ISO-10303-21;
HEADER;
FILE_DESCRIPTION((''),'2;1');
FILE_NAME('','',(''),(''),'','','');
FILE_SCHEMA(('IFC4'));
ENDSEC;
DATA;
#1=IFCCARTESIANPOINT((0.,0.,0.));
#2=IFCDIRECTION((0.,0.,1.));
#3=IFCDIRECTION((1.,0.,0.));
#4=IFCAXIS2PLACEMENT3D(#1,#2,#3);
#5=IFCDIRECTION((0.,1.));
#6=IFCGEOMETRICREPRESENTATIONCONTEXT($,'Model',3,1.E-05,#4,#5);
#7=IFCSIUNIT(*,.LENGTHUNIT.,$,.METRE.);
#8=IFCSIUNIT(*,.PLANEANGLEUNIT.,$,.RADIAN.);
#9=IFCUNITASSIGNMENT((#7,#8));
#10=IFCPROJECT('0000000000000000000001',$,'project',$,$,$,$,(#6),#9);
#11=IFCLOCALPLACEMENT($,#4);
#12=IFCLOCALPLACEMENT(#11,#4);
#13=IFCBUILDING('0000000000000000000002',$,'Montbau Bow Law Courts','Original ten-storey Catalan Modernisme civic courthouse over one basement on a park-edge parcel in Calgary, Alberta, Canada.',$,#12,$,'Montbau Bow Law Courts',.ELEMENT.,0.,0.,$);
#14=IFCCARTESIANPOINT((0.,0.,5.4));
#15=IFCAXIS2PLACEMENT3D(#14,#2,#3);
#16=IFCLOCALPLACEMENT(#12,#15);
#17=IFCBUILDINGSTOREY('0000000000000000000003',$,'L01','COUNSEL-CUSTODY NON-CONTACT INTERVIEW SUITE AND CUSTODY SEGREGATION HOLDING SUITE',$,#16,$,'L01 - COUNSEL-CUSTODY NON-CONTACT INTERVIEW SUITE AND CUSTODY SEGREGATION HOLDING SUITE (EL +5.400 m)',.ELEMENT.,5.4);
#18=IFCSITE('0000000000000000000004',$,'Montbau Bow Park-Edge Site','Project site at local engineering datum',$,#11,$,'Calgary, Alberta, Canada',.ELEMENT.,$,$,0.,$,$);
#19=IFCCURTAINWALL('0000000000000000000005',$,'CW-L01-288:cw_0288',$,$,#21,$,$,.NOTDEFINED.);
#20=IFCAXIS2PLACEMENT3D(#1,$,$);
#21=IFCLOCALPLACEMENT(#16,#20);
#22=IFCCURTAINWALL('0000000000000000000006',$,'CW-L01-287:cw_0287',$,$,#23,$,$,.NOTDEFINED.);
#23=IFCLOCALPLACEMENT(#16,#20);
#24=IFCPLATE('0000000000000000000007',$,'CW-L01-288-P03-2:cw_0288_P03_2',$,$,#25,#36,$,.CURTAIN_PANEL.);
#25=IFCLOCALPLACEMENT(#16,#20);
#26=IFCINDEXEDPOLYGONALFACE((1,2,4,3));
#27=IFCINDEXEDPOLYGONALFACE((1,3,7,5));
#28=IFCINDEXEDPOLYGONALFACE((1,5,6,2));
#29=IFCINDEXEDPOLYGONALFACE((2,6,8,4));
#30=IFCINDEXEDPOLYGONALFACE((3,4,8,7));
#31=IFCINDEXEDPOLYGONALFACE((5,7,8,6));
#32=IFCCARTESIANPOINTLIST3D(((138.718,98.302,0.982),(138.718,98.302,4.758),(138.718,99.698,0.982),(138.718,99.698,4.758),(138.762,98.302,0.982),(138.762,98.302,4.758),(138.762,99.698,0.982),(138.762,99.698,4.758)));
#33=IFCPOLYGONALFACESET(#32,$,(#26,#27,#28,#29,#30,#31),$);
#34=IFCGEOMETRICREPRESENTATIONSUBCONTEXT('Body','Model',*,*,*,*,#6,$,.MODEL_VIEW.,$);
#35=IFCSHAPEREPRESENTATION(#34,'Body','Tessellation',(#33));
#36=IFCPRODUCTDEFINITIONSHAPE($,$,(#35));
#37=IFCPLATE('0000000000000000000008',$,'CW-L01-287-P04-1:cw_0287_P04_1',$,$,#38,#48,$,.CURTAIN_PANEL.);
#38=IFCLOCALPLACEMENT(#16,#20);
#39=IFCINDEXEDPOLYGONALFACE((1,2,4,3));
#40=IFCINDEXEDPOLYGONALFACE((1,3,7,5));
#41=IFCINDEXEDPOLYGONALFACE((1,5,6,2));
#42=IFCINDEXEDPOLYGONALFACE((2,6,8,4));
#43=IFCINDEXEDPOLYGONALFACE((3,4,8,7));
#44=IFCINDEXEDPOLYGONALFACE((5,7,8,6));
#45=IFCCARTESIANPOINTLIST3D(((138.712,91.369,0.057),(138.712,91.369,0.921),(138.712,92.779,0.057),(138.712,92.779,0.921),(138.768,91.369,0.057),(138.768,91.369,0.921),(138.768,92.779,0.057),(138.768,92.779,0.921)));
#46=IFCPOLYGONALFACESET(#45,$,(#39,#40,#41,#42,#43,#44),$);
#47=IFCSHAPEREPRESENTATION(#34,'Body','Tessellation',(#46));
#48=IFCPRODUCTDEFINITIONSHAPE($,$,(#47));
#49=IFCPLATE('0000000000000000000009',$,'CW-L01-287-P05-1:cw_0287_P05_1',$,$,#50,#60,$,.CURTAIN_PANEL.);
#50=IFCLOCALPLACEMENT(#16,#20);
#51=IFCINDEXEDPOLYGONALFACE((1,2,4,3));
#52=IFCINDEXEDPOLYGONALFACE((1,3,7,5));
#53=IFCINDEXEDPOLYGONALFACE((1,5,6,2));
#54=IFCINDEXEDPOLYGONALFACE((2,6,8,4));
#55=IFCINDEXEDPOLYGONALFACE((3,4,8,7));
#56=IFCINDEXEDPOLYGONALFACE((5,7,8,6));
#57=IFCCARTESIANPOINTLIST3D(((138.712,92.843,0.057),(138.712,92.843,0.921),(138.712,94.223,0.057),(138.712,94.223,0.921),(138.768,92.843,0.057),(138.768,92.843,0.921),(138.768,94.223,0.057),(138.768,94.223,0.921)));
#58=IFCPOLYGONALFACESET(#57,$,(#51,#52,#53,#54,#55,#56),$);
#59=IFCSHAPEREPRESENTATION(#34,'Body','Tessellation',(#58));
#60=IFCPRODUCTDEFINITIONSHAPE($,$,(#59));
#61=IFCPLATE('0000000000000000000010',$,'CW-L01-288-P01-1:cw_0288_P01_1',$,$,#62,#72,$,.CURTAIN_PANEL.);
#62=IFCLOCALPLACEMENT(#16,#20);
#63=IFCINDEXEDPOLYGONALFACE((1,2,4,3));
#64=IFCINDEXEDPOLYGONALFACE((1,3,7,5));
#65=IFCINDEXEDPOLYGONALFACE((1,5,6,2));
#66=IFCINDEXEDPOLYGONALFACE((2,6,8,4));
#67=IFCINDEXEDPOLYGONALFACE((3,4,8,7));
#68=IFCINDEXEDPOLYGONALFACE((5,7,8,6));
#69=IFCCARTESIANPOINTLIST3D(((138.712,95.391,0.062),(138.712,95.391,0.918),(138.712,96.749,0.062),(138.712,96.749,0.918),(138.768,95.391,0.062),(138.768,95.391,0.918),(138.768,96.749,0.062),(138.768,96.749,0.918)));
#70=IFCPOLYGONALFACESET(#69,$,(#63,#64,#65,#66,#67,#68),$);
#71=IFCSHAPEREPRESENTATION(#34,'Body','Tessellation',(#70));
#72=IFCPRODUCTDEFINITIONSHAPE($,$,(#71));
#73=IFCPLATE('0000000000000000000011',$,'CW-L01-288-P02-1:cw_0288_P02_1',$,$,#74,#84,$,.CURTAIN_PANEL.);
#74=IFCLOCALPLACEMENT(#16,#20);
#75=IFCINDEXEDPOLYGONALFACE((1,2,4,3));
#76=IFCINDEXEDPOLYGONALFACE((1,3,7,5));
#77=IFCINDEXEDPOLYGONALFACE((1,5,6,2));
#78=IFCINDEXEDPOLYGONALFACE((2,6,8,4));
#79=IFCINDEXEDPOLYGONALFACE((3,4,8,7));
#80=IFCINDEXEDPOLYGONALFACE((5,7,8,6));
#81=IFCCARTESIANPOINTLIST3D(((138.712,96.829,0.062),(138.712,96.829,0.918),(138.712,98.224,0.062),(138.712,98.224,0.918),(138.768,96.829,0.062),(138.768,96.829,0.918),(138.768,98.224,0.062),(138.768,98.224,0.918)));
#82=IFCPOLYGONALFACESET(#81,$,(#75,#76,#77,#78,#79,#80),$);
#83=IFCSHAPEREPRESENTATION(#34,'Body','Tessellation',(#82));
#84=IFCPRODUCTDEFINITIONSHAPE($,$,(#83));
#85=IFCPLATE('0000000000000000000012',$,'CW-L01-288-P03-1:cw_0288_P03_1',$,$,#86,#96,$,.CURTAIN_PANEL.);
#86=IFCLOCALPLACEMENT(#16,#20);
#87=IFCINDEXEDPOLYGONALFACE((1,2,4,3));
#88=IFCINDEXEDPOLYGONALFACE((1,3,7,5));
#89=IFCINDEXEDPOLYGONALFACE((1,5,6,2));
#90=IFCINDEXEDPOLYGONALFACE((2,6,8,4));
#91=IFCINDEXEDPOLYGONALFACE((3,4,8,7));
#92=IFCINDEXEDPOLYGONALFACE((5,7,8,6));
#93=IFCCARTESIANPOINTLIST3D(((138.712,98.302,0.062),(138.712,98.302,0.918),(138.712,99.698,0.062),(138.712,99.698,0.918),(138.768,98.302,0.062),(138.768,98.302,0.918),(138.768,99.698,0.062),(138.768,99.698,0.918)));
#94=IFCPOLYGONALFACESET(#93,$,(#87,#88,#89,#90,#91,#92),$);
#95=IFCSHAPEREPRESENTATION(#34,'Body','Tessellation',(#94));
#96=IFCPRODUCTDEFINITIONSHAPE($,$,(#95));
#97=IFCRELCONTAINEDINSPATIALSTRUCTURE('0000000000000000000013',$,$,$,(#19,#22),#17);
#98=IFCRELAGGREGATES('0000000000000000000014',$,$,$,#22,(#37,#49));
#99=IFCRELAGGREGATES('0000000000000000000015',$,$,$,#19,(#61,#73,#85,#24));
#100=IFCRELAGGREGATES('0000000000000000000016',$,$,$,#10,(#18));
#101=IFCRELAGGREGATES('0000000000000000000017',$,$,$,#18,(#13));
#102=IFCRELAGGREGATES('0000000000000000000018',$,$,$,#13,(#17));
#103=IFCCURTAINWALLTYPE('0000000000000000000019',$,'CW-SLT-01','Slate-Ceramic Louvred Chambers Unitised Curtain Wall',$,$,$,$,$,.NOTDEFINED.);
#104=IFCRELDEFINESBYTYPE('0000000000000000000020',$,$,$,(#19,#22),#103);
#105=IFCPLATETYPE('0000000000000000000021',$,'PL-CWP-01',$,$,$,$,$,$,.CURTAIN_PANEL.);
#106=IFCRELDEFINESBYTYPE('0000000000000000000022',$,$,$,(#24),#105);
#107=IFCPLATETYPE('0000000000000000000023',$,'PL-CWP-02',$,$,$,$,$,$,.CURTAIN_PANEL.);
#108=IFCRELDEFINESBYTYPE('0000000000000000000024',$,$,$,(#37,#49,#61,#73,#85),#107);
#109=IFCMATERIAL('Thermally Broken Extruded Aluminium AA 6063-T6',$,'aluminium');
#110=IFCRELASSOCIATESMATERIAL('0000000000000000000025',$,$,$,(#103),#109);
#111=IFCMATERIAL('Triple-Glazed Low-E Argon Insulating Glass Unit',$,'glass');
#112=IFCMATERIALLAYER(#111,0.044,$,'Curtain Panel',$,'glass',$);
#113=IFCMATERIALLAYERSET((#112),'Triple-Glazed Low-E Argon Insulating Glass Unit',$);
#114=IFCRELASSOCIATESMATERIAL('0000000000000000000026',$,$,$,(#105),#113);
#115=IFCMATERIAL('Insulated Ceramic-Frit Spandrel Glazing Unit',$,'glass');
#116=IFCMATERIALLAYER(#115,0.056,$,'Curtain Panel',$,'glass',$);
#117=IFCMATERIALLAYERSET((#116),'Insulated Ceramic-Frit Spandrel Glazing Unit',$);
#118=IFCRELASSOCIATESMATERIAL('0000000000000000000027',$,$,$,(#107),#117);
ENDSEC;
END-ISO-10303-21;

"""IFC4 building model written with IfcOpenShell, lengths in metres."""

from ifc_helpers import new_model, si_unit, direction, frame, frame_2d, origin_with_axes, place, context, subcontext, project, spatial, rectangle, extrude, material, layer, layer_set, type_object, element, aggregate, save


model = new_model("IFC4")

# Units and contexts
model_context = context("Model", 3, precision=1e-05, world=origin_with_axes(), true_north=direction((0.0, 1.0)))
body_context = subcontext(model_context, "Body", "Model", "MODEL_VIEW")
ifc_project = project(units=[si_unit("LENGTHUNIT", "METRE"), si_unit("PLANEANGLEUNIT", "RADIAN")], contexts=[model_context])

# Site, building, storey
site_placement = place(None, origin_with_axes())
site = spatial("IfcSite", under=ifc_project, at=site_placement, Name="Montbau Bow Park-Edge Site", Description="Project site at local engineering datum", LongName="Calgary, Alberta, Canada", CompositionType="ELEMENT", RefElevation=0.0)
building_placement = place(site_placement, origin_with_axes())
building = spatial("IfcBuilding", under=site, at=building_placement, Name="Montbau Bow Law Courts", Description="Original ten-storey Catalan Modernisme civic courthouse over one basement on a park-edge parcel in Calgary, Alberta, Canada.", LongName="Montbau Bow Law Courts", CompositionType="ELEMENT", ElevationOfRefHeight=0.0, ElevationOfTerrain=0.0)
storey_placement = place(building_placement, frame((0.0, 0.0, 5.4), z_axis=(0.0, 0.0, 1.0), x_axis=(1.0, 0.0, 0.0)))
storey = spatial("IfcBuildingStorey", under=building, at=storey_placement, Name="L01", Description="COUNSEL-CUSTODY NON-CONTACT INTERVIEW SUITE AND CUSTODY SEGREGATION HOLDING SUITE", LongName="L01 - COUNSEL-CUSTODY NON-CONTACT INTERVIEW SUITE AND CUSTODY SEGREGATION HOLDING SUITE (EL +5.400 m)", CompositionType="ELEMENT", Elevation=5.4)

# Curtain walls
ifc_material_1 = material(Name="Thermally Broken Extruded Aluminium AA 6063-T6", Category="aluminium")
curtain_wall_type = type_object("IfcCurtainWallType", Name="CW-SLT-01", Description="Slate-Ceramic Louvred Chambers Unitised Curtain Wall", PredefinedType="NOTDEFINED", material=ifc_material_1)
curtain_wall_1_placement = place(None, frame((138.74, 95.315, 5.4), z_axis=(0.0, 0.0, 1.0), x_axis=(1.0, 0.0, 0.0)))
curtain_wall_1 = element("IfcCurtainWall", 1, at=curtain_wall_1_placement, inside=storey, type_object=curtain_wall_type, Name="CW-L01-288:cw_0288", PredefinedType="NOTDEFINED")
curtain_wall_2_placement = place(None, frame((138.74, 86.915, 5.4), z_axis=(0.0, 0.0, 1.0), x_axis=(1.0, 0.0, 0.0)))
curtain_wall_2 = element("IfcCurtainWall", 2, at=curtain_wall_2_placement, inside=storey, type_object=curtain_wall_type, Name="CW-L01-287:cw_0287", PredefinedType="NOTDEFINED")

# Plates
ifc_material_2 = material(Name="Triple-Glazed Low-E Argon Insulating Glass Unit", Category="glass")
ifc_layer_1 = layer(ifc_material_2, 0.044, Name="Curtain Panel", Category="glass")
ifc_layer_set_1 = layer_set([ifc_layer_1], Name="Triple-Glazed Low-E Argon Insulating Glass Unit")
plate_type_1 = type_object("IfcPlateType", Name="PL-CWP-01", PredefinedType="CURTAIN_PANEL", material=ifc_layer_set_1)
plate_1_placement = place(None, frame((138.74, 98.302, 6.382), z_axis=(1.0, 0.0, 0.0), x_axis=(0.0, 1.0, 0.0)))
plate_1 = element("IfcPlate", 3, at=plate_1_placement, type_object=plate_type_1, Name="CW-L01-288-P03-2:cw_0288_P03_2", PredefinedType="CURTAIN_PANEL", context=body_context, shape_type="SweptSolid", body=[
    extrude(rectangle(XDim=1.396, YDim=3.776, at=frame_2d((0.698, 1.888), x_axis=(1.0, 0.0))), frame((0.0, 0.0, -0.022), z_axis=(0.0, 0.0, 1.0), x_axis=(1.0, 0.0, 0.0)), (0.0, 0.0, 1.0), 0.044),
])
ifc_material_3 = material(Name="Insulated Ceramic-Frit Spandrel Glazing Unit", Category="glass")
ifc_layer_2 = layer(ifc_material_3, 0.056, Name="Curtain Panel", Category="glass")
ifc_layer_set_2 = layer_set([ifc_layer_2], Name="Insulated Ceramic-Frit Spandrel Glazing Unit")
plate_type_2 = type_object("IfcPlateType", Name="PL-CWP-02", PredefinedType="CURTAIN_PANEL", material=ifc_layer_set_2)
plate_2_placement = place(None, frame((138.74, 91.369, 5.457), z_axis=(1.0, 0.0, 0.0), x_axis=(0.0, 1.0, 0.0)))
plate_2 = element("IfcPlate", 4, at=plate_2_placement, type_object=plate_type_2, Name="CW-L01-287-P04-1:cw_0287_P04_1", PredefinedType="CURTAIN_PANEL", context=body_context, shape_type="SweptSolid", body=[
    extrude(rectangle(XDim=1.41, YDim=0.864, at=frame_2d((0.705, 0.432), x_axis=(1.0, 0.0))), frame((0.0, 0.0, -0.028), z_axis=(0.0, 0.0, 1.0), x_axis=(1.0, 0.0, 0.0)), (0.0, 0.0, 1.0), 0.056),
])
plate_3_placement = place(None, frame((138.74, 92.843, 5.457), z_axis=(1.0, 0.0, 0.0), x_axis=(0.0, 1.0, 0.0)))
plate_3 = element("IfcPlate", 5, at=plate_3_placement, type_object=plate_type_2, Name="CW-L01-287-P05-1:cw_0287_P05_1", PredefinedType="CURTAIN_PANEL", context=body_context, shape_type="SweptSolid", body=[
    extrude(rectangle(XDim=1.38, YDim=0.864, at=frame_2d((0.69, 0.432), x_axis=(1.0, 0.0))), frame((0.0, 0.0, -0.028), z_axis=(0.0, 0.0, 1.0), x_axis=(1.0, 0.0, 0.0)), (0.0, 0.0, 1.0), 0.056),
])
aggregate(curtain_wall_2, [plate_2, plate_3])
plate_4_placement = place(None, frame((138.74, 95.391, 5.462), z_axis=(1.0, 0.0, 0.0), x_axis=(0.0, 1.0, 0.0)))
plate_4 = element("IfcPlate", 6, at=plate_4_placement, type_object=plate_type_2, Name="CW-L01-288-P01-1:cw_0288_P01_1", PredefinedType="CURTAIN_PANEL", context=body_context, shape_type="SweptSolid", body=[
    extrude(rectangle(XDim=1.358, YDim=0.856, at=frame_2d((0.679, 0.428), x_axis=(1.0, 0.0))), frame((0.0, 0.0, -0.028), z_axis=(0.0, 0.0, 1.0), x_axis=(1.0, 0.0, 0.0)), (0.0, 0.0, 1.0), 0.056),
])
plate_5_placement = place(None, frame((138.74, 96.829, 5.462), z_axis=(1.0, 0.0, 0.0), x_axis=(0.0, 1.0, 0.0)))
plate_5 = element("IfcPlate", 7, at=plate_5_placement, type_object=plate_type_2, Name="CW-L01-288-P02-1:cw_0288_P02_1", PredefinedType="CURTAIN_PANEL", context=body_context, shape_type="SweptSolid", body=[
    extrude(rectangle(XDim=1.395, YDim=0.856, at=frame_2d((0.6975, 0.428), x_axis=(1.0, 0.0))), frame((0.0, 0.0, -0.028), z_axis=(0.0, 0.0, 1.0), x_axis=(1.0, 0.0, 0.0)), (0.0, 0.0, 1.0), 0.056),
])
plate_6_placement = place(None, frame((138.74, 98.302, 5.462), z_axis=(1.0, 0.0, 0.0), x_axis=(0.0, 1.0, 0.0)))
plate_6 = element("IfcPlate", 8, at=plate_6_placement, type_object=plate_type_2, Name="CW-L01-288-P03-1:cw_0288_P03_1", PredefinedType="CURTAIN_PANEL", context=body_context, shape_type="SweptSolid", body=[
    extrude(rectangle(XDim=1.396, YDim=0.856, at=frame_2d((0.698, 0.428), x_axis=(1.0, 0.0))), frame((0.0, 0.0, -0.028), z_axis=(0.0, 0.0, 1.0), x_axis=(1.0, 0.0, 0.0)), (0.0, 0.0, 1.0), 0.056),
])
aggregate(curtain_wall_1, [plate_4, plate_5, plate_6, plate_1])

save(model, "model.ifc")
